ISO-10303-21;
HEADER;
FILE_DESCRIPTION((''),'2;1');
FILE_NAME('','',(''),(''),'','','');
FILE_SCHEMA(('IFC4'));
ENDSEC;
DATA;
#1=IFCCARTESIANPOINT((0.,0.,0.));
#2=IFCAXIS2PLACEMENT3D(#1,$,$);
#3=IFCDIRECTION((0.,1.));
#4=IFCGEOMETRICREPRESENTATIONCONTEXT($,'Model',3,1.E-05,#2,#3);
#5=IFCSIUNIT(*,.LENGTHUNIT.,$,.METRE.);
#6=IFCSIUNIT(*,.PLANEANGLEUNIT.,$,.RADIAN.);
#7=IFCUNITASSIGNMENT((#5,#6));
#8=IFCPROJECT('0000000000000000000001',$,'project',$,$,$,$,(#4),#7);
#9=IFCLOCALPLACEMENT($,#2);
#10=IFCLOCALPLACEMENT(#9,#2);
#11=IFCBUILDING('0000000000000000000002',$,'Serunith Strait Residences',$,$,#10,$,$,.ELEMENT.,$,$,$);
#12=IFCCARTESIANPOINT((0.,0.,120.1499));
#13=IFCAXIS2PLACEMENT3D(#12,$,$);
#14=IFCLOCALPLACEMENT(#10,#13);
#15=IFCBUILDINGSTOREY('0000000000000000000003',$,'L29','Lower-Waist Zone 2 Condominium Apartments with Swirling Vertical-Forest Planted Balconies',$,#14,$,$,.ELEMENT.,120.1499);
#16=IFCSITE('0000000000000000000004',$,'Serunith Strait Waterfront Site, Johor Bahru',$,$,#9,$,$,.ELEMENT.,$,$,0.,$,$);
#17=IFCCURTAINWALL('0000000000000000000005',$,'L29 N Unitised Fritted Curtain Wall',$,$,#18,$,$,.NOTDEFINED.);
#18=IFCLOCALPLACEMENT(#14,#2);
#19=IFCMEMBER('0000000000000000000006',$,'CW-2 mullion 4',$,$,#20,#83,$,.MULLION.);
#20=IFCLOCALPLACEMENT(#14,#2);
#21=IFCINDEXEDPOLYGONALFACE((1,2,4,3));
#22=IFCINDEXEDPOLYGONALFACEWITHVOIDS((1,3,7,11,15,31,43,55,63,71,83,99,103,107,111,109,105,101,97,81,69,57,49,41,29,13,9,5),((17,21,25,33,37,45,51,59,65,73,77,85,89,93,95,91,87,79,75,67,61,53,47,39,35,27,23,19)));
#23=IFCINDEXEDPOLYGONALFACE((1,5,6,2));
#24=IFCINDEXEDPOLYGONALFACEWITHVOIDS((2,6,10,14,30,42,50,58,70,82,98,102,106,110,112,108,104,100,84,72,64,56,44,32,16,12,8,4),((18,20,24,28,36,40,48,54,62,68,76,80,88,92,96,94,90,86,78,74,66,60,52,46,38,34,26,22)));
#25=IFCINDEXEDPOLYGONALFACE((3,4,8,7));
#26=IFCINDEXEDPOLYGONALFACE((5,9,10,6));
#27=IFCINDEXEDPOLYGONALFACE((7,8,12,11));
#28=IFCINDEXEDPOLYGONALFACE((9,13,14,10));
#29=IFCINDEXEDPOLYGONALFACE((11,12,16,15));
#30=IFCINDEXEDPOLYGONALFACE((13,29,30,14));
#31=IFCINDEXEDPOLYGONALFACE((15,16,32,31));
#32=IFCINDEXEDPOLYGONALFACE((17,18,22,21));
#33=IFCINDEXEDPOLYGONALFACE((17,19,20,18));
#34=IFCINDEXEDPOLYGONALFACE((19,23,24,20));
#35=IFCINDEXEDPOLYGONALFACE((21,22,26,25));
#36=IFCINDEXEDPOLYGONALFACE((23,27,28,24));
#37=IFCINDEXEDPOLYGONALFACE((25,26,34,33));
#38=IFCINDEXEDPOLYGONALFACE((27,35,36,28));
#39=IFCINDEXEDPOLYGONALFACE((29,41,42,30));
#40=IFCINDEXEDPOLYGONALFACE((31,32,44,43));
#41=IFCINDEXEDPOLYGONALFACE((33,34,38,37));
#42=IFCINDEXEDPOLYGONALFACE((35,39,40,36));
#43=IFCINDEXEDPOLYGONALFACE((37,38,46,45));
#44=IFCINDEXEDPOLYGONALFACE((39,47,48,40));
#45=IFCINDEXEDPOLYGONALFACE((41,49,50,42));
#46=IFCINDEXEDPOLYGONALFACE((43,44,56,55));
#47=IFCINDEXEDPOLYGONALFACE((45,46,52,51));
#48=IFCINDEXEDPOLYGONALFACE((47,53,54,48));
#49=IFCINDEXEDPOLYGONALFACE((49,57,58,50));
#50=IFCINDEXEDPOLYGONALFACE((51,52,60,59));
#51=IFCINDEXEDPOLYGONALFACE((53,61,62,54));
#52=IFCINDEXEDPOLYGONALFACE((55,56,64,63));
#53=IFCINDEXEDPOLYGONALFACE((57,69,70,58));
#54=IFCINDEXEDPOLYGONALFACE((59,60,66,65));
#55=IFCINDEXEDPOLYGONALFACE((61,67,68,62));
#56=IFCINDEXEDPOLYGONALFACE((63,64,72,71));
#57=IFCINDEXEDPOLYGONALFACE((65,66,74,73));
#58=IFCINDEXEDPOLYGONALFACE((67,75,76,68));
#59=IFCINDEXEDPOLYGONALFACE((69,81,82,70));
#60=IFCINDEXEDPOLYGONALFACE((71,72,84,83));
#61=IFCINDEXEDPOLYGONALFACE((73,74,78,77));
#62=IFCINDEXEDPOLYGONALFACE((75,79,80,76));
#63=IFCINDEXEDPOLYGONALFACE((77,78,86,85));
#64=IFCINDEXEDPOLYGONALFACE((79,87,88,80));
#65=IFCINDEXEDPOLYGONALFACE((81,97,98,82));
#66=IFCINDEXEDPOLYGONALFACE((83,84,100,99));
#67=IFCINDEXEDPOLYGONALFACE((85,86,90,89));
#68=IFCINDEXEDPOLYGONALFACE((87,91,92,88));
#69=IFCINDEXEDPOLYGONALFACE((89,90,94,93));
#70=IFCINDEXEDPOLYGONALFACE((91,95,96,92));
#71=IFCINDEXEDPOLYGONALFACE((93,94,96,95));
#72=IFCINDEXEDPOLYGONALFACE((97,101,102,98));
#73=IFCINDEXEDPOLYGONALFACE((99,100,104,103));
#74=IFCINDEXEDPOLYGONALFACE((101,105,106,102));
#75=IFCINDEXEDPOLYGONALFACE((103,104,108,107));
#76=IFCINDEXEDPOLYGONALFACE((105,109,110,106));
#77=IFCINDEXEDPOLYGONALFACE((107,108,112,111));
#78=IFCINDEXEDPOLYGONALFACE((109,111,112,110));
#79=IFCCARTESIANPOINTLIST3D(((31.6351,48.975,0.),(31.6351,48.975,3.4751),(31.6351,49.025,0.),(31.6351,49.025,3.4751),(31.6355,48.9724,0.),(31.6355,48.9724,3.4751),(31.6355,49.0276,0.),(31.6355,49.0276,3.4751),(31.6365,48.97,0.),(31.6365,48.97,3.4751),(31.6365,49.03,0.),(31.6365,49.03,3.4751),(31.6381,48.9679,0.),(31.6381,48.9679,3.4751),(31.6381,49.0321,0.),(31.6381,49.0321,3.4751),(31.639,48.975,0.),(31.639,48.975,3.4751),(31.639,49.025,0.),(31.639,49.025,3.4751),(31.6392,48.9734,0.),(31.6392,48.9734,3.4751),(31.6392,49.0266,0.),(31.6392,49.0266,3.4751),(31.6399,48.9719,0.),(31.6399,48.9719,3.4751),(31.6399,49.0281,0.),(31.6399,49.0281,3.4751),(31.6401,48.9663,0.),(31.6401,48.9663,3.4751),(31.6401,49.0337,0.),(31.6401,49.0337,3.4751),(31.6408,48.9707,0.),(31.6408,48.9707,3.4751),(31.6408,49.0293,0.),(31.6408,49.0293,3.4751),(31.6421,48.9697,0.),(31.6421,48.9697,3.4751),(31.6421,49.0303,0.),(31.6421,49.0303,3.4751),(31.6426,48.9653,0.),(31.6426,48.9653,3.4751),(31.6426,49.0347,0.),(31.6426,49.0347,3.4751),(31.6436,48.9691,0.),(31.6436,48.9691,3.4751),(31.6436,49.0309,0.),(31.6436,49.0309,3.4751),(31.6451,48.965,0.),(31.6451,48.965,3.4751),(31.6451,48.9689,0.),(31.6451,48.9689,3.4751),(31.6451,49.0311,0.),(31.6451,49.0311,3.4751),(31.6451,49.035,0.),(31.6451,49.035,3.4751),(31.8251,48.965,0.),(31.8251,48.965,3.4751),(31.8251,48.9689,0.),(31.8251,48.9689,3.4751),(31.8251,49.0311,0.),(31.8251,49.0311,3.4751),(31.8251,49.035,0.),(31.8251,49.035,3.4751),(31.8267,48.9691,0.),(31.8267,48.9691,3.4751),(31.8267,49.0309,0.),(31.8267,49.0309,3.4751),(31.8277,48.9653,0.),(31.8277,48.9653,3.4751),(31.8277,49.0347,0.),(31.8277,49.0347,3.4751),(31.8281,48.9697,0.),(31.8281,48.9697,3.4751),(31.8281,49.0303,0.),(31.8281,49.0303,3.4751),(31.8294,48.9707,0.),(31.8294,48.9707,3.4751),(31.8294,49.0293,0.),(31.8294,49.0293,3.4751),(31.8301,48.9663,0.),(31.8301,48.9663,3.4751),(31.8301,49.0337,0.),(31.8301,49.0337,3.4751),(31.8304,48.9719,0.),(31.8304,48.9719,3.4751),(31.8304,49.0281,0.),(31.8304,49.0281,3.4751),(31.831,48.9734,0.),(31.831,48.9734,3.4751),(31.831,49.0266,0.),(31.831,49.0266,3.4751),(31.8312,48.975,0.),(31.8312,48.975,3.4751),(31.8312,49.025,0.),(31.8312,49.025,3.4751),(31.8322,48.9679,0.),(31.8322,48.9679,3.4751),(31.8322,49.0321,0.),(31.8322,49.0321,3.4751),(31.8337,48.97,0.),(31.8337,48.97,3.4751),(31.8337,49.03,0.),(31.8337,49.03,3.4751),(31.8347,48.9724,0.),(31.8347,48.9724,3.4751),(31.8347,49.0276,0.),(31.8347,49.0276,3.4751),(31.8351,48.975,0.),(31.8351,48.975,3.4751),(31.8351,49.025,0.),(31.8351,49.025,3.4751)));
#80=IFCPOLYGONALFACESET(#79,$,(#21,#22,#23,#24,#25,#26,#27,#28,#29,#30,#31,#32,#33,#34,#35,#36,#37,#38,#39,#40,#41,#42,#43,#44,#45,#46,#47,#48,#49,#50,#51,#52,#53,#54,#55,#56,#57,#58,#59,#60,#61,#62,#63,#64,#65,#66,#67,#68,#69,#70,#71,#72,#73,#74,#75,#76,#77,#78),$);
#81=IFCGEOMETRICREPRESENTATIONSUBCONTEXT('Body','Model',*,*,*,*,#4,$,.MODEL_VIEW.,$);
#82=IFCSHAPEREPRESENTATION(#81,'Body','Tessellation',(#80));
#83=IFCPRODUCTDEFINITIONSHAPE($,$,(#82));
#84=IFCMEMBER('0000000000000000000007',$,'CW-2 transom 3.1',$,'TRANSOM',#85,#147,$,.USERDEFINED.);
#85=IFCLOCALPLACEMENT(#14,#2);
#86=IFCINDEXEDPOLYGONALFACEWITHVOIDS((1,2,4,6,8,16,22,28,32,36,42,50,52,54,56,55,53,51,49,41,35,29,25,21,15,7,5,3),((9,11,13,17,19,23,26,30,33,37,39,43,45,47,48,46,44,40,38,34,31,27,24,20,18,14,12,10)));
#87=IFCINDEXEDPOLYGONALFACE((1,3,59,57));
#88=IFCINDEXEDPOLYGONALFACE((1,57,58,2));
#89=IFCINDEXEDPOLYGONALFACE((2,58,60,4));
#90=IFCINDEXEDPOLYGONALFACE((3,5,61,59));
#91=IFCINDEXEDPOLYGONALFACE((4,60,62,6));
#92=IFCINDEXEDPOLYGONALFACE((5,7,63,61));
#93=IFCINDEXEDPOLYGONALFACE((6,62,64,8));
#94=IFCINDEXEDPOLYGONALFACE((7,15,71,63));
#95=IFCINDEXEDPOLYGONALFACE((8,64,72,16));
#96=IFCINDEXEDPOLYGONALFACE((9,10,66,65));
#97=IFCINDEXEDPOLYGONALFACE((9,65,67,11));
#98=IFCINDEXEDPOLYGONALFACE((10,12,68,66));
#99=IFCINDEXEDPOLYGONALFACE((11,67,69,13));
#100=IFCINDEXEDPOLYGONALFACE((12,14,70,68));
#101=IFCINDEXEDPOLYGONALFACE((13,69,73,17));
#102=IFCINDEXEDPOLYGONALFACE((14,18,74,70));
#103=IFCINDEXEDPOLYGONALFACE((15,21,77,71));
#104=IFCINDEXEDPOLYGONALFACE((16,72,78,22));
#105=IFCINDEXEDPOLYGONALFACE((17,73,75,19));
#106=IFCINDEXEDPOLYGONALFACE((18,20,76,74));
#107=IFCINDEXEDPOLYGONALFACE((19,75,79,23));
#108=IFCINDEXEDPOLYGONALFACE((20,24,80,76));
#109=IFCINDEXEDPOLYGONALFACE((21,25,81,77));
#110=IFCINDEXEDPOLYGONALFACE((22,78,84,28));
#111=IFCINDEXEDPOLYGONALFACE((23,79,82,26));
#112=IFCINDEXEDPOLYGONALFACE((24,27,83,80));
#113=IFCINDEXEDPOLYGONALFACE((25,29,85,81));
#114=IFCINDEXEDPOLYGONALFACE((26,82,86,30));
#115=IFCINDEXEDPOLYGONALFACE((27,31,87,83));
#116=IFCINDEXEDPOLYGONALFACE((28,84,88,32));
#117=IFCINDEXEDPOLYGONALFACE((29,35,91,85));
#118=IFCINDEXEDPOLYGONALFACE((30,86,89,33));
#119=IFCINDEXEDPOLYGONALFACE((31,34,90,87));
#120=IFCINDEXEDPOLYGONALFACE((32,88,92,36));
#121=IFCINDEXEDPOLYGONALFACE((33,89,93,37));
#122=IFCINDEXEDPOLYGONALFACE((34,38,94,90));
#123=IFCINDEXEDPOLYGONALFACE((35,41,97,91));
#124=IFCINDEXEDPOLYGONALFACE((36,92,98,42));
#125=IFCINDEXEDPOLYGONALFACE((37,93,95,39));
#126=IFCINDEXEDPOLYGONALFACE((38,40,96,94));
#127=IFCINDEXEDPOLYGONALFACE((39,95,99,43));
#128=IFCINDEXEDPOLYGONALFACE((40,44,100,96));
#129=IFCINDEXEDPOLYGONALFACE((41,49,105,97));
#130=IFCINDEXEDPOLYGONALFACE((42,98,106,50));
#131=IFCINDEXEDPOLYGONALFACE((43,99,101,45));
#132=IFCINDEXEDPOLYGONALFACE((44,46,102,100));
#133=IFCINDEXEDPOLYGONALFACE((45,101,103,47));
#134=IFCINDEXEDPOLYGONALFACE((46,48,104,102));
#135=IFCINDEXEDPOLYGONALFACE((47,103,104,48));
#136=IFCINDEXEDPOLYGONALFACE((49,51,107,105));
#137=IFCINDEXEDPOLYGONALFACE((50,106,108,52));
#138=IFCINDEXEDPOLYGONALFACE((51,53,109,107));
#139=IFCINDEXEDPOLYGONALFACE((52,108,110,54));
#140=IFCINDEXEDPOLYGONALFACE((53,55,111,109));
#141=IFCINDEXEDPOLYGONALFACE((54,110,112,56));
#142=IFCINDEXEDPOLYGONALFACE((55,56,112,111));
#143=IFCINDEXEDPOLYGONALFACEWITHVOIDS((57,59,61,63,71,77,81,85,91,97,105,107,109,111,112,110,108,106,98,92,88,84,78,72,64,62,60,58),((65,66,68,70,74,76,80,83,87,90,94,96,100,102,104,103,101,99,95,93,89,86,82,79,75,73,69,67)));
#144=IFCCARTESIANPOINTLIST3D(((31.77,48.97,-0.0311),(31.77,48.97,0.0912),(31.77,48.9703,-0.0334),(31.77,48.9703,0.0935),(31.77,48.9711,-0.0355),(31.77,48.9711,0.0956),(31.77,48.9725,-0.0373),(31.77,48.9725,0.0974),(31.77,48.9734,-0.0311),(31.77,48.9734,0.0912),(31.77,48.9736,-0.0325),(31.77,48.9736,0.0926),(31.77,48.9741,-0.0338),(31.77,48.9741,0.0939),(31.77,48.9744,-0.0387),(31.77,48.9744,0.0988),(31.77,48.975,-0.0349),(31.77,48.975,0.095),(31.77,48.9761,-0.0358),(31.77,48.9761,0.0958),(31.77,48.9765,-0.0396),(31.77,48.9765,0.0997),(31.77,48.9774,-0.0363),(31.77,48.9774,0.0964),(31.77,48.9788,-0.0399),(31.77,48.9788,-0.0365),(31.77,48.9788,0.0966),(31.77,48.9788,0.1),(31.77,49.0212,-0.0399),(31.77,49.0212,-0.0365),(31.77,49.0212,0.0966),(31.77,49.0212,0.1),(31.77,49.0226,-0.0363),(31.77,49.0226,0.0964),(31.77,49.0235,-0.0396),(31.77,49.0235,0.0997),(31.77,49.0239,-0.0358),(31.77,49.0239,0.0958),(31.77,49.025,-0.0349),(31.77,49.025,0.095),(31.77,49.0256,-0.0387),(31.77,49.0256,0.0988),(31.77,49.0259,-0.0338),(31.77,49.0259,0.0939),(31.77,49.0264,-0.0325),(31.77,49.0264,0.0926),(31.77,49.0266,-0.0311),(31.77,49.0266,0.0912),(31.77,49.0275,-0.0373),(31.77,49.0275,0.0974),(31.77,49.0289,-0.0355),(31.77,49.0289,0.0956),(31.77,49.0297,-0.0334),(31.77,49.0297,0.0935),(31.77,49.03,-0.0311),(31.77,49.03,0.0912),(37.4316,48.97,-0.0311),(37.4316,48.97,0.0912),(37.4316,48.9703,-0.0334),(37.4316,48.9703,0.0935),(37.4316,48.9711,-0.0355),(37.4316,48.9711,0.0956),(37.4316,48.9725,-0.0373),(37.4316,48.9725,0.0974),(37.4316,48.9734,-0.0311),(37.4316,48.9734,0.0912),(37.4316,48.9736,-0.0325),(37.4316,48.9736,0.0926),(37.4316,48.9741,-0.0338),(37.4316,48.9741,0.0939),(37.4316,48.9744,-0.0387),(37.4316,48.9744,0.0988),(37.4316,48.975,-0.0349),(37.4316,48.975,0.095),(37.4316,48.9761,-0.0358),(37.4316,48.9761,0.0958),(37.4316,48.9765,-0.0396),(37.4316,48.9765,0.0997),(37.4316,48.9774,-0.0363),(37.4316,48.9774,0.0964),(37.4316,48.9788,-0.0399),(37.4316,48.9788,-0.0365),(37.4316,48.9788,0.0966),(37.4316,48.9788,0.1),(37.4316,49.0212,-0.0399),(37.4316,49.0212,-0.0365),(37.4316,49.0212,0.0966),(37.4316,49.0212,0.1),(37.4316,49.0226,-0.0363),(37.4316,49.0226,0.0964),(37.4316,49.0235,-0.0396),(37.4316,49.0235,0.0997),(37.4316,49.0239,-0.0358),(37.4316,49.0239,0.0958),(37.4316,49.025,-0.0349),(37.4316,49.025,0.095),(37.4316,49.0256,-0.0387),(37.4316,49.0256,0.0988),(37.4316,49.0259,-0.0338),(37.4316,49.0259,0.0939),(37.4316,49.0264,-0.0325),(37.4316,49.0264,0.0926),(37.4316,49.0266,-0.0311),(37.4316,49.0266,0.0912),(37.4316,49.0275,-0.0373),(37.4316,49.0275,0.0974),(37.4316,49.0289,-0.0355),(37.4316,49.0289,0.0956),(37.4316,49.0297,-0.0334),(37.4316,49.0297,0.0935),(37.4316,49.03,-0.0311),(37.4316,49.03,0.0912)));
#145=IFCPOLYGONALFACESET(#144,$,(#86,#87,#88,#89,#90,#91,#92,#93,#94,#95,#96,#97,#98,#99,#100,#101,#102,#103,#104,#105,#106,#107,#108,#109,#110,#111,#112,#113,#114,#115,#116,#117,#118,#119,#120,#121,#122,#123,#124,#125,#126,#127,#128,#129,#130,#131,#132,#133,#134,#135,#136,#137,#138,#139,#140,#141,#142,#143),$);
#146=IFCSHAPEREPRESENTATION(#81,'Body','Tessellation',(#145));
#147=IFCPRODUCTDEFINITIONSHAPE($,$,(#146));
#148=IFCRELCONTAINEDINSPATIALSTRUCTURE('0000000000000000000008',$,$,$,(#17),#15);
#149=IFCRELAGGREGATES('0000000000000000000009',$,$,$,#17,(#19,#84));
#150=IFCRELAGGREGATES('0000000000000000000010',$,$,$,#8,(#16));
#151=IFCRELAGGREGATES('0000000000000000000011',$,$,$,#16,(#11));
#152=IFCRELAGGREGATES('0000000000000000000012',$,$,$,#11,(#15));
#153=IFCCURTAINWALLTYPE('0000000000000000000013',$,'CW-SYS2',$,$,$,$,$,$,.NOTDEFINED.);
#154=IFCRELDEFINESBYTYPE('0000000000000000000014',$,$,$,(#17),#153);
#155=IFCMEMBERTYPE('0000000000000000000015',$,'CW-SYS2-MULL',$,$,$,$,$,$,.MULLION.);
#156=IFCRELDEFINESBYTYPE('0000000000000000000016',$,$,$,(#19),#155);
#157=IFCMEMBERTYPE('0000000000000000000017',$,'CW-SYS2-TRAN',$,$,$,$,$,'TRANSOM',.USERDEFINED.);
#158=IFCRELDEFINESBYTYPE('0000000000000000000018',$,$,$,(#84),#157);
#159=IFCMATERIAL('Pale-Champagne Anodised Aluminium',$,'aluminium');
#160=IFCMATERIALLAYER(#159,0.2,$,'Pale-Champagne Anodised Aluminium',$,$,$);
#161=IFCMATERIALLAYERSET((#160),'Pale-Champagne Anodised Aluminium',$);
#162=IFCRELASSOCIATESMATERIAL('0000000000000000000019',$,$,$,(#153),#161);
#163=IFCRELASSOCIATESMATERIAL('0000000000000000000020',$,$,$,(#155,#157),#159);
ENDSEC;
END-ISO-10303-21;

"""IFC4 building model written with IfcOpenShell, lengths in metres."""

from ifc_helpers import new_model, si_unit, direction, frame, origin, origin_2d, place, context, subcontext, project, spatial, hollow_rectangle, extrude, source, transform, mapped, material, layer, layer_set, material_profile, profile_set, type_object, element, aggregate, save


model = new_model("IFC4")

# Units and contexts
model_context = context("Model", 3, precision=1e-05, world=origin(), true_north=direction((0.0, 1.0)))
body_context = subcontext(model_context, "Body", "Model", "MODEL_VIEW")
ifc_project = project(units=[si_unit("LENGTHUNIT", "METRE"), si_unit("PLANEANGLEUNIT", "RADIAN")], contexts=[model_context])

# Site, building, storey
site_placement = place(None, origin())
site = spatial("IfcSite", under=ifc_project, at=site_placement, Name="Serunith Strait Waterfront Site, Johor Bahru", CompositionType="ELEMENT", RefElevation=0.0)
building_placement = place(site_placement, origin())
building = spatial("IfcBuilding", under=site, at=building_placement, Name="Serunith Strait Residences", CompositionType="ELEMENT")
storey_placement = place(building_placement, frame((0.0, 0.0, 120.1499)))
storey = spatial("IfcBuildingStorey", under=building, at=storey_placement, Name="L29", Description="Lower-Waist Zone 2 Condominium Apartments with Swirling Vertical-Forest Planted Balconies", CompositionType="ELEMENT", Elevation=120.1499)

# Curtain wall, members
ifc_material_1 = material(Name="Pale-Champagne Anodised Aluminium", Category="aluminium")
ifc_layer_1 = layer(ifc_material_1, 0.2, Name="Pale-Champagne Anodised Aluminium")
ifc_layer_set_1 = layer_set([ifc_layer_1], Name="Pale-Champagne Anodised Aluminium")
curtain_wall_type = type_object("IfcCurtainWallType", Name="CW-SYS2", PredefinedType="NOTDEFINED", material=ifc_layer_set_1)
curtain_wall_placement = place(storey_placement, origin())
curtain_wall = element("IfcCurtainWall", 1, at=curtain_wall_placement, inside=storey, type_object=curtain_wall_type, Name="L29 N Unitised Fritted Curtain Wall", PredefinedType="NOTDEFINED")
ifc_material_profile_1 = material_profile(ifc_material_1, hollow_rectangle(XDim=0.0701, YDim=0.2, WallThickness=0.0039, InnerFilletRadius=0.0061, OuterFilletRadius=0.01, at=origin_2d()), Name="ALU 200x70x4")
ifc_profile_set_1 = profile_set([ifc_material_profile_1], Name="Pale-Champagne Anodised Aluminium")
member_type_1 = type_object("IfcMemberType", Name="CW-SYS2-MULL", PredefinedType="MULLION", material=ifc_profile_set_1)
shared_shape_1 = source(origin(), body_context, "Body", "SweptSolid", [
    extrude(hollow_rectangle(XDim=0.0701, YDim=0.2, WallThickness=0.0039, InnerFilletRadius=0.0061, OuterFilletRadius=0.01, at=origin_2d()), origin(), (0.0, 0.0, 1.0), 3.4751),
])
member_1_placement = place(storey_placement, frame((31.7351, 49.0, 0.0), z_axis=(0.0, 0.0, 1.0), x_axis=(0.0, -1.0, 0.0)))
member_1 = element("IfcMember", 2, at=member_1_placement, type_object=member_type_1, Name="CW-2 mullion 4", PredefinedType="MULLION", context=body_context, shape_type="MappedRepresentation", body=[
    mapped(shared_shape_1, transform((0.0, 0.0, 0.0), scale=1.0)),
])
ifc_material_profile_2 = material_profile(ifc_material_1, hollow_rectangle(XDim=0.0601, YDim=0.1399, WallThickness=0.0034, InnerFilletRadius=0.0054, OuterFilletRadius=0.0088, at=origin_2d()), Name="ALU 140x60x3.5")
ifc_profile_set_2 = profile_set([ifc_material_profile_2], Name="Pale-Champagne Anodised Aluminium")
member_type_2 = type_object("IfcMemberType", Name="CW-SYS2-TRAN", ElementType="TRANSOM", PredefinedType="USERDEFINED", material=ifc_profile_set_2)
shared_shape_2 = source(origin(), body_context, "Body", "SweptSolid", [
    extrude(hollow_rectangle(XDim=0.0601, YDim=0.1399, WallThickness=0.0034, InnerFilletRadius=0.0054, OuterFilletRadius=0.0088, at=origin_2d()), origin(), (0.0, 0.0, 1.0), 5.6616),
])
member_2_placement = place(storey_placement, frame((37.4316, 49.0, 0.03), z_axis=(-1.0, 0.0, 0.0), x_axis=(0.0, -1.0, 0.0)))
member_2 = element("IfcMember", 3, at=member_2_placement, type_object=member_type_2, Name="CW-2 transom 3.1", ObjectType="TRANSOM", PredefinedType="USERDEFINED", context=body_context, shape_type="MappedRepresentation", body=[
    mapped(shared_shape_2, transform((0.0, 0.0, 0.0), scale=1.0)),
])
aggregate(curtain_wall, [member_1, member_2])

save(model, "model.ifc")
